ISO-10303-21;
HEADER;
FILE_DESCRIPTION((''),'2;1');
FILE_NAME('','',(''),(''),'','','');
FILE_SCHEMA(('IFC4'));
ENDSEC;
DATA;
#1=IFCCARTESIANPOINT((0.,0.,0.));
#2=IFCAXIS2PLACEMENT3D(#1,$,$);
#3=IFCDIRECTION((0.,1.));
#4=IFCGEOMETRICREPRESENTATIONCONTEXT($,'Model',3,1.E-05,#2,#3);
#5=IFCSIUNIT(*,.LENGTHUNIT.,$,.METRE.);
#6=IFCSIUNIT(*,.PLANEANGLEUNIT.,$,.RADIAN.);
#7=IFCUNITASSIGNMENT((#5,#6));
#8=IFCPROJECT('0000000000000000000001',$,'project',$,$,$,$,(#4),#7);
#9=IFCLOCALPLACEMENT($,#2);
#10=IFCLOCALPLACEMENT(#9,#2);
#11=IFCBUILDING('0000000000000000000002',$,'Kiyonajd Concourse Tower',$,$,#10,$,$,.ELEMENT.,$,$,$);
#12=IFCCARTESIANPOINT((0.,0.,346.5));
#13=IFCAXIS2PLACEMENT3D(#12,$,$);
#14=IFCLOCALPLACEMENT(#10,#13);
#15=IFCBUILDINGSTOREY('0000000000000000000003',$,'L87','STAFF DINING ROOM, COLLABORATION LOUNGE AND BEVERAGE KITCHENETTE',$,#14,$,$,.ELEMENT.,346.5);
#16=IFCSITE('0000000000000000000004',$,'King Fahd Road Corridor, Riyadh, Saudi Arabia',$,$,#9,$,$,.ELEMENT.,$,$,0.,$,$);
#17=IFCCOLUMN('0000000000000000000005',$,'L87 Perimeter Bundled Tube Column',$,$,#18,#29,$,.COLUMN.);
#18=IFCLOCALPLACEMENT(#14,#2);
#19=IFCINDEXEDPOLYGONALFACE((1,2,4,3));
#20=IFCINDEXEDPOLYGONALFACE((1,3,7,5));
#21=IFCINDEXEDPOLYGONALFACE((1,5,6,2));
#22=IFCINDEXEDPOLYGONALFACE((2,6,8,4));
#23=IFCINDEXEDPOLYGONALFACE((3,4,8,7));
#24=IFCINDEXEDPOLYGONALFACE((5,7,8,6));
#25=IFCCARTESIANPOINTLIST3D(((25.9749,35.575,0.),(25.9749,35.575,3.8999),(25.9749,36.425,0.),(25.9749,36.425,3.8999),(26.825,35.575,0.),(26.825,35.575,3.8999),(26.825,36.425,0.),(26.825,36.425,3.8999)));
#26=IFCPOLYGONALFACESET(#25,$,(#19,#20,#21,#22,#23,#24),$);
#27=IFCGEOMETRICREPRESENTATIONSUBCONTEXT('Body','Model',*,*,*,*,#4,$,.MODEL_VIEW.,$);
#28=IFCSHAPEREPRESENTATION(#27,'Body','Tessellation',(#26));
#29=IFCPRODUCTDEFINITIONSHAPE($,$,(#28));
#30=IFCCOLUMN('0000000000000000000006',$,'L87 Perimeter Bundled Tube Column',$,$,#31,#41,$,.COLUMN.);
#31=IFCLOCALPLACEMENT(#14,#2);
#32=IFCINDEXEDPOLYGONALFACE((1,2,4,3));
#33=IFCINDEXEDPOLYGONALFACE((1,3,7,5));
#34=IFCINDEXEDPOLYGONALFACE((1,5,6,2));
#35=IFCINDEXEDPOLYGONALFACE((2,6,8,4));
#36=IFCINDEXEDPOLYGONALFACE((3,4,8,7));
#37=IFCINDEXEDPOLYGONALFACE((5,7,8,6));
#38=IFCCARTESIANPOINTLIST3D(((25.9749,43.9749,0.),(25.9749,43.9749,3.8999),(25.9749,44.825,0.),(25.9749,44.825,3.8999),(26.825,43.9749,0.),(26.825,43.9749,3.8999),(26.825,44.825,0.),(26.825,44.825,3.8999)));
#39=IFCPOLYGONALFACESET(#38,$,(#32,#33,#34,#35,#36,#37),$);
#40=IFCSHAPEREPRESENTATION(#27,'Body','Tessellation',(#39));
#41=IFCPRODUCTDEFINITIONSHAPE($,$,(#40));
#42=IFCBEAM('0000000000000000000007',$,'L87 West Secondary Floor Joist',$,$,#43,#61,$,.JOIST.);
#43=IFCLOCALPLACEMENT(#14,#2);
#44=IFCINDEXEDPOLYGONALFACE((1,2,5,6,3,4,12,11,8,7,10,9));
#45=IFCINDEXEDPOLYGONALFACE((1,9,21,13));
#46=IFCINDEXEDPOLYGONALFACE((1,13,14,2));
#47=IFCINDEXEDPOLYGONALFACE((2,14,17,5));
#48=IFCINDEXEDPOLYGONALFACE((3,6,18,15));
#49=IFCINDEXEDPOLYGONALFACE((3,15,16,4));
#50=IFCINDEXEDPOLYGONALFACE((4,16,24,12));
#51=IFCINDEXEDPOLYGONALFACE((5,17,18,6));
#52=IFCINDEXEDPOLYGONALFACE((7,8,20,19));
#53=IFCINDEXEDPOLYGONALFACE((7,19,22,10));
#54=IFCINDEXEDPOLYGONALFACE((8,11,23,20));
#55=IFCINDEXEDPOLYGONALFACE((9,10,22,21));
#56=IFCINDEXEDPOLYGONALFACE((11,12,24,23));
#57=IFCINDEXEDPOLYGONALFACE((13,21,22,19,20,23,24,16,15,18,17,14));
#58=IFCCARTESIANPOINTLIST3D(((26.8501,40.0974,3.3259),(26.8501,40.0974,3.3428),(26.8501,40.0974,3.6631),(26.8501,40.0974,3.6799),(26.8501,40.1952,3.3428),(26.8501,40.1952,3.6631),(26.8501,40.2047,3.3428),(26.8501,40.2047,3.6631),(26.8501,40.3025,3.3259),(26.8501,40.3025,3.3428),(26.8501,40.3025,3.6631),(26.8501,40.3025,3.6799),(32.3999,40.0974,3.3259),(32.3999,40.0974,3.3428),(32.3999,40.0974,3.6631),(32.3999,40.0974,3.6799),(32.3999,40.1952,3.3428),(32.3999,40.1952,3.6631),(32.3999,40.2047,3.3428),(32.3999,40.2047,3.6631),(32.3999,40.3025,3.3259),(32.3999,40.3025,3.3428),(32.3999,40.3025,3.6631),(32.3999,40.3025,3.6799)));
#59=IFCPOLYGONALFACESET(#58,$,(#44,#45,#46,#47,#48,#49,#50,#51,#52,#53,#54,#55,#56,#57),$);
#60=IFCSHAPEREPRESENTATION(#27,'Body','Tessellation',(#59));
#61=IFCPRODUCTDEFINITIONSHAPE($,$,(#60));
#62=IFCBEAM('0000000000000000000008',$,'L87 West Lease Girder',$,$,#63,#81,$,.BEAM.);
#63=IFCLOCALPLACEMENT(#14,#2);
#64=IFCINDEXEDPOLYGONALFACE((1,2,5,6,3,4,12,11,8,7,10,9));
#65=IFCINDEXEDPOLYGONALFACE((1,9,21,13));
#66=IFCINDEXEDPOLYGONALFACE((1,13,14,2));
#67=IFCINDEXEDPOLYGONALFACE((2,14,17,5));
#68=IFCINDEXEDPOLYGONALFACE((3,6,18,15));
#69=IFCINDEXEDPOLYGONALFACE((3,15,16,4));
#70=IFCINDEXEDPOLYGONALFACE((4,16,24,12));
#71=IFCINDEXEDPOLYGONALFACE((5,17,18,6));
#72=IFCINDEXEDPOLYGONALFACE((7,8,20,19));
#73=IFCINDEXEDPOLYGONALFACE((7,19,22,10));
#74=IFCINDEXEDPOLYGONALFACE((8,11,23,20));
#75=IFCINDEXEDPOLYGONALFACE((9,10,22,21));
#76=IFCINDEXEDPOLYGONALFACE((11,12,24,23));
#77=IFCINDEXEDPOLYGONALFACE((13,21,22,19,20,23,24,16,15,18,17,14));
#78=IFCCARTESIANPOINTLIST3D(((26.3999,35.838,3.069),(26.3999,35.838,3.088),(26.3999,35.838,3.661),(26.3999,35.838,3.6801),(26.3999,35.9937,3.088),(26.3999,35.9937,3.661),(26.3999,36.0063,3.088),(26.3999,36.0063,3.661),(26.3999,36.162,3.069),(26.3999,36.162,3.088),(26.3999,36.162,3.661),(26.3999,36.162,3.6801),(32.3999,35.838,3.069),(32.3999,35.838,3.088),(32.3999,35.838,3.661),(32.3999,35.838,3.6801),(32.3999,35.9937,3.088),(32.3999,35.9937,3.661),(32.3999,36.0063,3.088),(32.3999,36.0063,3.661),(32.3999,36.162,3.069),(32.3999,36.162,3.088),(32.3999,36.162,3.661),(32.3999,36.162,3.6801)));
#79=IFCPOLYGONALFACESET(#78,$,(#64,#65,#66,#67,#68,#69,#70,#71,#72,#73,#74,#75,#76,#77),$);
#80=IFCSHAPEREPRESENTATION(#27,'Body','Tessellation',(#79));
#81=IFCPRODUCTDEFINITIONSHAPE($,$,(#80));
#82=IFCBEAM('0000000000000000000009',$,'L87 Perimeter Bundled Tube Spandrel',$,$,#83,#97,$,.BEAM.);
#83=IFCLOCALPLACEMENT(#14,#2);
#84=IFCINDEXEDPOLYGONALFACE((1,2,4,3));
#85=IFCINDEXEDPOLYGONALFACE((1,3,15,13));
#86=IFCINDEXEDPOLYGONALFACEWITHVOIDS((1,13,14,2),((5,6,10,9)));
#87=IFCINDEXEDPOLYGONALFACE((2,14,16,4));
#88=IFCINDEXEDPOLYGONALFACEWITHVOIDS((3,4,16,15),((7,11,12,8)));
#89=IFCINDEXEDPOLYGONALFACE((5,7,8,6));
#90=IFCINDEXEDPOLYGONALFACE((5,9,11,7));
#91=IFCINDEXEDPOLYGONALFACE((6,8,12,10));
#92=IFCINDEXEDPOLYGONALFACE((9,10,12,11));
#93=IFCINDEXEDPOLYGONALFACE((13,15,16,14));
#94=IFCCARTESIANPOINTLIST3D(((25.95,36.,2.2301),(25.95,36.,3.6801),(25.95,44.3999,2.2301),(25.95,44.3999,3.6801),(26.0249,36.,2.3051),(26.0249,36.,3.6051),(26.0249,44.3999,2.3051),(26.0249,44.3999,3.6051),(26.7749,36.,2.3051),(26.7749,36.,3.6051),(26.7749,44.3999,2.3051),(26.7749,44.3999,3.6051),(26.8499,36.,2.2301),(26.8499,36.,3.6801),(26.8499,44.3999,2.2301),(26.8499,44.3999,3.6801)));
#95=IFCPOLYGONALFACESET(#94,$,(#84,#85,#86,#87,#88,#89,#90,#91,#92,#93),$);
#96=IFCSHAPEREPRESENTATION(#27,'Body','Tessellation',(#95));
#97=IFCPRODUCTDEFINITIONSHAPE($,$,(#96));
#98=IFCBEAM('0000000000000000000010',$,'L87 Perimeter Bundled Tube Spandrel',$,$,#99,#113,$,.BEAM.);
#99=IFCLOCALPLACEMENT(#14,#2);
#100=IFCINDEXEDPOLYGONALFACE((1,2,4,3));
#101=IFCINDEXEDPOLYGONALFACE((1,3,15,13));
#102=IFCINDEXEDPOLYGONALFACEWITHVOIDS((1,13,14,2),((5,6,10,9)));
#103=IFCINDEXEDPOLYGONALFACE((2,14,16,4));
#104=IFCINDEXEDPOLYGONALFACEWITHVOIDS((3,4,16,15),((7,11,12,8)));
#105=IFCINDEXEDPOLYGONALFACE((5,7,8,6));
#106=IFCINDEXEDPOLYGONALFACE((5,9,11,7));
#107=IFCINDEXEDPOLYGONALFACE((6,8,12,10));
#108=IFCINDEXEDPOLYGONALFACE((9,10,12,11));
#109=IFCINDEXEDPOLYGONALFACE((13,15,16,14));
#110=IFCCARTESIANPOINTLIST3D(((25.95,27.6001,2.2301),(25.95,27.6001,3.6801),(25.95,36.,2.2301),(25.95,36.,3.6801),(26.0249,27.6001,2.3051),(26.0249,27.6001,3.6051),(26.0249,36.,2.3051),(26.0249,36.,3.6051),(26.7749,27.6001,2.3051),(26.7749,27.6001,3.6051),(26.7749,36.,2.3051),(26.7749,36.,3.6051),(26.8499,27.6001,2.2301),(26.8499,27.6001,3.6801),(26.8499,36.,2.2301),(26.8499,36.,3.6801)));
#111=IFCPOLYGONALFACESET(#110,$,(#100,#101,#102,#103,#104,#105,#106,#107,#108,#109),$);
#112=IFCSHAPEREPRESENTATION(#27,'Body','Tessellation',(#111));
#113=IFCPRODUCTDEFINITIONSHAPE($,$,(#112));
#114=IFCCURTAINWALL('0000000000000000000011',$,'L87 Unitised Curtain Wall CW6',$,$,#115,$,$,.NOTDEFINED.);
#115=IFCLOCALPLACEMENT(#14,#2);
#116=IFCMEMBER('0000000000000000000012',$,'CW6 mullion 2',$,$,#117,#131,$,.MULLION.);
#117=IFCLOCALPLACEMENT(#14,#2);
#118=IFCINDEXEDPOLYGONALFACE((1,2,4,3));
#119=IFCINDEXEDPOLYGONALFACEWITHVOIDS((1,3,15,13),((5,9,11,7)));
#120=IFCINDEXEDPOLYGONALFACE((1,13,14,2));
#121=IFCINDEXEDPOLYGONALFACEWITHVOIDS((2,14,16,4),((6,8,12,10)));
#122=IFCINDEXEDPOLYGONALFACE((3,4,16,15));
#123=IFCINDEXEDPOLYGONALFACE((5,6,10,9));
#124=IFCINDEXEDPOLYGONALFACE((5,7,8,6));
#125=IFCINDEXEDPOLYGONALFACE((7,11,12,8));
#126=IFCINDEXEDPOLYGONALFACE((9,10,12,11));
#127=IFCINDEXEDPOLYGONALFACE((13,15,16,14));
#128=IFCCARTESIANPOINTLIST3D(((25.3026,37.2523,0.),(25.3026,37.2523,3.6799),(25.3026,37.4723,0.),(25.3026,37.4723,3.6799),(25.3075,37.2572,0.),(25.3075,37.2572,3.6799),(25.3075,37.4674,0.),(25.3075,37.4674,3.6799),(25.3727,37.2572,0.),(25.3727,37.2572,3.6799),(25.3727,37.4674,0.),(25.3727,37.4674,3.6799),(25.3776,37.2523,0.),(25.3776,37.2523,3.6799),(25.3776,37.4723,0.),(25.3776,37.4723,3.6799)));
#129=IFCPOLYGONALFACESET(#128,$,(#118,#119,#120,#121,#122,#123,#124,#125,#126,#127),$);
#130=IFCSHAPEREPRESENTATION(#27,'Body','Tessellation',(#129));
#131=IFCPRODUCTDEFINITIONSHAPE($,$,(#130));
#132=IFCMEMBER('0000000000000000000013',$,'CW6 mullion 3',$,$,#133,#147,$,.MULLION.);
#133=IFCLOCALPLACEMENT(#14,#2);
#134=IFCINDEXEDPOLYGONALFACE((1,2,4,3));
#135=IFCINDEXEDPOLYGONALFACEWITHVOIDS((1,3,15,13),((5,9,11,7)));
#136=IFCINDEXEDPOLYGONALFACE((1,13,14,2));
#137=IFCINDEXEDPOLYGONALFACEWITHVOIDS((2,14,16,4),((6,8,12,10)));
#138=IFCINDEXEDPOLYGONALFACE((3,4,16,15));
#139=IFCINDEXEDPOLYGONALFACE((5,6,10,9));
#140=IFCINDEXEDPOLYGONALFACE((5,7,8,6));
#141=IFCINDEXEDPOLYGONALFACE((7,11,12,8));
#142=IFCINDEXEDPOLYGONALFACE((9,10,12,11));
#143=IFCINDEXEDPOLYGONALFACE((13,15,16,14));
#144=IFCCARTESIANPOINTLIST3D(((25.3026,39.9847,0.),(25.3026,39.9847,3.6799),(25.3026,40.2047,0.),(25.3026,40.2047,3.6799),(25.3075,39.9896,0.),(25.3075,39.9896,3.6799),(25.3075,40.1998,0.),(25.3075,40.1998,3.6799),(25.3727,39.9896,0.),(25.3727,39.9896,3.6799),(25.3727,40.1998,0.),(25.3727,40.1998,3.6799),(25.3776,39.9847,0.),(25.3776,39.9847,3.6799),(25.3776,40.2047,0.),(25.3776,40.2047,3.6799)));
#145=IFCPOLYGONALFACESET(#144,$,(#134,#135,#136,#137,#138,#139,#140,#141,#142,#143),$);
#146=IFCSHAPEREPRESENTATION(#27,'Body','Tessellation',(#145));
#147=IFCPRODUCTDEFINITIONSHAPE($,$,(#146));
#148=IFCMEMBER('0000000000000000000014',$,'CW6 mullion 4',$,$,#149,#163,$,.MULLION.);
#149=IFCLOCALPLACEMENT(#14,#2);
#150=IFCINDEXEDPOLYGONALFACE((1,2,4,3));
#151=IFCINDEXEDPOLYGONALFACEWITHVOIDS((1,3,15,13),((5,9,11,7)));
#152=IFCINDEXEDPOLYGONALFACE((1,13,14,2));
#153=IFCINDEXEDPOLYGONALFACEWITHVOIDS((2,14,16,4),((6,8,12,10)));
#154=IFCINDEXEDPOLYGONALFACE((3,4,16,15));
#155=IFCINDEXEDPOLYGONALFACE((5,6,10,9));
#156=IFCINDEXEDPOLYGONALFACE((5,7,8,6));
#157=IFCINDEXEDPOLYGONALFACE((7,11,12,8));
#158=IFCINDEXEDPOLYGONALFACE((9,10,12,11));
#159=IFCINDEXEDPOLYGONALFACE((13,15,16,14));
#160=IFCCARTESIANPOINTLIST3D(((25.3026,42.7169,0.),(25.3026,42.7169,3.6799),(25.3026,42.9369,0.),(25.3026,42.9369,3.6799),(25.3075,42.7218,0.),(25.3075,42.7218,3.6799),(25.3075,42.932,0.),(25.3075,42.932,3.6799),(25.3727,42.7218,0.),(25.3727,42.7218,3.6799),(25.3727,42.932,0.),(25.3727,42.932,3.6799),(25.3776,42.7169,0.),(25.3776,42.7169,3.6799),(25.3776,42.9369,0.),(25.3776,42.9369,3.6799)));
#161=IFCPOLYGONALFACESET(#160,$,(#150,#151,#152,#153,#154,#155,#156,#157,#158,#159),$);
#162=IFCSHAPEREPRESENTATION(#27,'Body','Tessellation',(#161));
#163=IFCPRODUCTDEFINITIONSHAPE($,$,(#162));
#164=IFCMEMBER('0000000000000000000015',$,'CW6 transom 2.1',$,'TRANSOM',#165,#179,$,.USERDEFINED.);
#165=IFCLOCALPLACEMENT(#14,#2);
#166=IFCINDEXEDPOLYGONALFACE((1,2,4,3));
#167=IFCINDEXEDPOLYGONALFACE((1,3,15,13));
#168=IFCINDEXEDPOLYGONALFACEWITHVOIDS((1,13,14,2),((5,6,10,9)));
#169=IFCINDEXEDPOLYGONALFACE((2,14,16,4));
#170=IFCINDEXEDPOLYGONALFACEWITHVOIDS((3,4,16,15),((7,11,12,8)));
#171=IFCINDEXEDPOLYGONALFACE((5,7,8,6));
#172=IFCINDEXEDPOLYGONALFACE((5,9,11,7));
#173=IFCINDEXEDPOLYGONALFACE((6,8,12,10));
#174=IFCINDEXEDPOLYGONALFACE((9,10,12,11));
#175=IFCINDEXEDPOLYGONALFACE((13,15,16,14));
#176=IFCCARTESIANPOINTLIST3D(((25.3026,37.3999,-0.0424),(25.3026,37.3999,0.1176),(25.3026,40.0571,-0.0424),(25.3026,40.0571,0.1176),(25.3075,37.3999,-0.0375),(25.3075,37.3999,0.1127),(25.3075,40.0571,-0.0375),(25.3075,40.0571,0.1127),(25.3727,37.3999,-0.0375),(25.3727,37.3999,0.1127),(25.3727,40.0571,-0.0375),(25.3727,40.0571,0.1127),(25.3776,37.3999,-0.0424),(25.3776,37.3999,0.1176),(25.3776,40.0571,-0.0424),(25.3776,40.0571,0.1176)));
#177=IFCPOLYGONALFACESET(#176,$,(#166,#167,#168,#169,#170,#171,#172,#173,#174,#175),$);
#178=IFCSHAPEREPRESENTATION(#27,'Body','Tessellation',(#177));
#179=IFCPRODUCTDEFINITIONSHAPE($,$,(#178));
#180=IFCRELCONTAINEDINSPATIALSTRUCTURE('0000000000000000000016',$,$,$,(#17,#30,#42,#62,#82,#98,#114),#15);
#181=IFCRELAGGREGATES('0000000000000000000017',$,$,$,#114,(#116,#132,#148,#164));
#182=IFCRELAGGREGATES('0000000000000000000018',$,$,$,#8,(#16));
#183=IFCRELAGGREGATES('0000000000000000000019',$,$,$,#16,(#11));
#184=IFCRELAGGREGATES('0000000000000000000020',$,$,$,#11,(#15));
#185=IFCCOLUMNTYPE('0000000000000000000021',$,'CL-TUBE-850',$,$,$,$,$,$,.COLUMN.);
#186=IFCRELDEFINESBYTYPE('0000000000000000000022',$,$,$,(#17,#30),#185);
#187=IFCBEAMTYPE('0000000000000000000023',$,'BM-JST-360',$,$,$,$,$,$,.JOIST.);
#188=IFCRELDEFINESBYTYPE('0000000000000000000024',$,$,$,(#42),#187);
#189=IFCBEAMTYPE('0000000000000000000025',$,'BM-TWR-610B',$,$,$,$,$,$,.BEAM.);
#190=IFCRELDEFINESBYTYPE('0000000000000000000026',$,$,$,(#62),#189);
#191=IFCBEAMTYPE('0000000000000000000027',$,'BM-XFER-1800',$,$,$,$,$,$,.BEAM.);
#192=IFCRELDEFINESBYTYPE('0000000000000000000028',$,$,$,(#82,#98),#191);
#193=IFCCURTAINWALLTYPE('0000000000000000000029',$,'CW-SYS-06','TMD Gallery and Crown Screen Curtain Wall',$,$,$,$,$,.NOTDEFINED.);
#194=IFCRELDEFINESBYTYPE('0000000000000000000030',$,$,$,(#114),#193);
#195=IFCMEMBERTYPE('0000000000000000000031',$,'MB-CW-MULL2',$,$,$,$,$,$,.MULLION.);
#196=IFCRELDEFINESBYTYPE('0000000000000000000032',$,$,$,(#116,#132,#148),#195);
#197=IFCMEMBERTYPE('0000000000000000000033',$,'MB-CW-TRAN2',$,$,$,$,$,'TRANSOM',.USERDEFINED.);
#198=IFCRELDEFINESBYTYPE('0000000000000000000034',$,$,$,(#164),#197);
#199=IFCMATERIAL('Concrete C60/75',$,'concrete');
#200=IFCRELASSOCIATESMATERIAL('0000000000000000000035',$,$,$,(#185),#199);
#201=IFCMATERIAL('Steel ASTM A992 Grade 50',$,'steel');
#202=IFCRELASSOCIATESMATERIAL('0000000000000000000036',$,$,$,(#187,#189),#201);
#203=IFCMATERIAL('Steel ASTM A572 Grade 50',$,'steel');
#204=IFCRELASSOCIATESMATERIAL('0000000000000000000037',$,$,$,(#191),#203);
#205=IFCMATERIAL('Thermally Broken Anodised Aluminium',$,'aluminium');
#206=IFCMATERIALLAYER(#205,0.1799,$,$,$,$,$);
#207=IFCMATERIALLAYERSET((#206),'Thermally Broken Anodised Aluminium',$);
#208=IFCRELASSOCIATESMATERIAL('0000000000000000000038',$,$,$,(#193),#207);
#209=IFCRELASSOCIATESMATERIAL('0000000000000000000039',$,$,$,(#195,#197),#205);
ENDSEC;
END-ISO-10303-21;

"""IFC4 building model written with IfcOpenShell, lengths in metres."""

from ifc_helpers import new_model, si_unit, direction, frame, origin, origin_2d, place, context, subcontext, project, spatial, rectangle, hollow_rectangle, i_section, extrude, material, layer, layer_set, material_profile, profile_set, type_object, element, aggregate, save


model = new_model("IFC4")

# Units and contexts
model_context = context("Model", 3, precision=1e-05, world=origin(), true_north=direction((0.0, 1.0)))
body_context = subcontext(model_context, "Body", "Model", "MODEL_VIEW")
ifc_project = project(units=[si_unit("LENGTHUNIT", "METRE"), si_unit("PLANEANGLEUNIT", "RADIAN")], contexts=[model_context])

# Site, building, storey
site_placement = place(None, origin())
site = spatial("IfcSite", under=ifc_project, at=site_placement, Name="King Fahd Road Corridor, Riyadh, Saudi Arabia", CompositionType="ELEMENT", RefElevation=0.0)
building_placement = place(site_placement, origin())
building = spatial("IfcBuilding", under=site, at=building_placement, Name="Kiyonajd Concourse Tower", CompositionType="ELEMENT")
storey_placement = place(building_placement, frame((0.0, 0.0, 346.5)))
storey = spatial("IfcBuildingStorey", under=building, at=storey_placement, Name="L87", Description="STAFF DINING ROOM, COLLABORATION LOUNGE AND BEVERAGE KITCHENETTE", CompositionType="ELEMENT", Elevation=346.5)

# Columns
ifc_material_1 = material(Name="Concrete C60/75", Category="concrete")
ifc_material_profile_1 = material_profile(ifc_material_1, rectangle(XDim=0.8501, YDim=0.8501, at=origin_2d()), Name="RC-850x850")
ifc_profile_set_1 = profile_set([ifc_material_profile_1], Name="Concrete C60/75")
column_type = type_object("IfcColumnType", Name="CL-TUBE-850", PredefinedType="COLUMN", material=ifc_profile_set_1)
for number, where, z_axis, x_axis, name in (
    (1, (26.3999, 36.0, 0.0), (0.0, 0.0, 1.0), (1.0, 0.0, 0.0), "L87 Perimeter Bundled Tube Column"),
    (2, (26.3999, 44.3999, 0.0), (0.0, 0.0, 1.0), (1.0, 0.0, 0.0), "L87 Perimeter Bundled Tube Column"),
):
    element("IfcColumn", number, at=place(storey_placement, frame(where, z_axis=z_axis, x_axis=x_axis)), inside=storey, type_object=column_type, Name=name, PredefinedType="COLUMN", context=body_context, shape_type="SweptSolid", body=[
        extrude(rectangle(XDim=0.8501, YDim=0.8501, at=origin_2d()), origin(), (0.0, 0.0, 1.0), 3.8999),
    ])

# Beams
ifc_material_2 = material(Name="Steel ASTM A992 Grade 50", Category="steel")
ifc_material_profile_2 = material_profile(ifc_material_2, i_section(OverallWidth=0.2051, OverallDepth=0.354, WebThickness=0.0095, FlangeThickness=0.0168, at=origin_2d()), Name="W360X79")
ifc_profile_set_2 = profile_set([ifc_material_profile_2], Name="Steel ASTM A992 Grade 50")
beam_type_1 = type_object("IfcBeamType", Name="BM-JST-360", PredefinedType="JOIST", material=ifc_profile_set_2)
beam_1_placement = place(storey_placement, frame((26.8501, 40.2, 3.5029), z_axis=(1.0, 0.0, 0.0), x_axis=(0.0, 1.0, 0.0)))
element("IfcBeam", 3, at=beam_1_placement, inside=storey, type_object=beam_type_1, Name="L87 West Secondary Floor Joist", PredefinedType="JOIST", context=body_context, shape_type="SweptSolid", body=[
    extrude(i_section(OverallWidth=0.2051, OverallDepth=0.354, WebThickness=0.0095, FlangeThickness=0.0168, at=origin_2d()), origin(), (0.0, 0.0, 1.0), 5.5498),
])
ifc_material_profile_3 = material_profile(ifc_material_2, i_section(OverallWidth=0.324, OverallDepth=0.6111, WebThickness=0.0127, FlangeThickness=0.019, at=origin_2d()), Name="W610X155")
ifc_profile_set_3 = profile_set([ifc_material_profile_3], Name="Steel ASTM A992 Grade 50")
beam_type_2 = type_object("IfcBeamType", Name="BM-TWR-610B", PredefinedType="BEAM", material=ifc_profile_set_3)
beam_2_placement = place(storey_placement, frame((26.3999, 36.0, 3.3745), z_axis=(1.0, 0.0, 0.0), x_axis=(0.0, 1.0, 0.0)))
element("IfcBeam", 4, at=beam_2_placement, inside=storey, type_object=beam_type_2, Name="L87 West Lease Girder", PredefinedType="BEAM", context=body_context, shape_type="SweptSolid", body=[
    extrude(i_section(OverallWidth=0.324, OverallDepth=0.6111, WebThickness=0.0127, FlangeThickness=0.019, at=origin_2d()), origin(), (0.0, 0.0, 1.0), 6.0),
])
ifc_material_3 = material(Name="Steel ASTM A572 Grade 50", Category="steel")
ifc_material_profile_4 = material_profile(ifc_material_3, hollow_rectangle(XDim=0.8999, YDim=1.45, WallThickness=0.075, at=origin_2d()), Name="BOX-1450x900x75")
ifc_profile_set_4 = profile_set([ifc_material_profile_4], Name="Steel ASTM A572 Grade 50")
beam_type_3 = type_object("IfcBeamType", Name="BM-XFER-1800", PredefinedType="BEAM", material=ifc_profile_set_4)
for number, where, z_axis, x_axis, name in (
    (5, (26.3999, 44.3999, 2.9551), (0.0, -1.0, 0.0), (1.0, 0.0, 0.0), "L87 Perimeter Bundled Tube Spandrel"),
    (6, (26.3999, 36.0, 2.9551), (0.0, -1.0, 0.0), (1.0, 0.0, 0.0), "L87 Perimeter Bundled Tube Spandrel"),
):
    element("IfcBeam", number, at=place(storey_placement, frame(where, z_axis=z_axis, x_axis=x_axis)), inside=storey, type_object=beam_type_3, Name=name, PredefinedType="BEAM", context=body_context, shape_type="SweptSolid", body=[
        extrude(hollow_rectangle(XDim=0.8999, YDim=1.45, WallThickness=0.075, at=origin_2d()), origin(), (0.0, 0.0, 1.0), 8.3999),
    ])

# Curtain wall, members
ifc_material_4 = material(Name="Thermally Broken Anodised Aluminium", Category="aluminium")
ifc_layer_1 = layer(ifc_material_4, 0.1799)
ifc_layer_set_1 = layer_set([ifc_layer_1], Name="Thermally Broken Anodised Aluminium")
curtain_wall_type = type_object("IfcCurtainWallType", Name="CW-SYS-06", Description="TMD Gallery and Crown Screen Curtain Wall", PredefinedType="NOTDEFINED", material=ifc_layer_set_1)
curtain_wall_placement = place(storey_placement, origin())
curtain_wall = element("IfcCurtainWall", 7, at=curtain_wall_placement, inside=storey, type_object=curtain_wall_type, Name="L87 Unitised Curtain Wall CW6", PredefinedType="NOTDEFINED")
ifc_material_profile_5 = material_profile(ifc_material_4, hollow_rectangle(XDim=0.075, YDim=0.22, WallThickness=0.0049, at=origin_2d()), Name="MULL-75x220")
ifc_profile_set_5 = profile_set([ifc_material_profile_5], Name="Thermally Broken Anodised Aluminium")
member_type_1 = type_object("IfcMemberType", Name="MB-CW-MULL2", PredefinedType="MULLION", material=ifc_profile_set_5)
member_1_placement = place(storey_placement, frame((25.3401, 37.3623, 0.0), z_axis=(0.0, 0.0, 1.0), x_axis=(-1.0, 0.0, 0.0)))
member_1 = element("IfcMember", 8, at=member_1_placement, type_object=member_type_1, Name="CW6 mullion 2", PredefinedType="MULLION", context=body_context, shape_type="SweptSolid", body=[
    extrude(hollow_rectangle(XDim=0.075, YDim=0.22, WallThickness=0.0049, at=origin_2d()), origin(), (0.0, 0.0, 1.0), 3.6799),
])
member_2_placement = place(storey_placement, frame((25.3401, 40.0947, 0.0), z_axis=(0.0, 0.0, 1.0), x_axis=(-1.0, 0.0, 0.0)))
member_2 = element("IfcMember", 9, at=member_2_placement, type_object=member_type_1, Name="CW6 mullion 3", PredefinedType="MULLION", context=body_context, shape_type="SweptSolid", body=[
    extrude(hollow_rectangle(XDim=0.075, YDim=0.22, WallThickness=0.0049, at=origin_2d()), origin(), (0.0, 0.0, 1.0), 3.6799),
])
member_3_placement = place(storey_placement, frame((25.3401, 42.8269, 0.0), z_axis=(0.0, 0.0, 1.0), x_axis=(-1.0, 0.0, 0.0)))
member_3 = element("IfcMember", 10, at=member_3_placement, type_object=member_type_1, Name="CW6 mullion 4", PredefinedType="MULLION", context=body_context, shape_type="SweptSolid", body=[
    extrude(hollow_rectangle(XDim=0.075, YDim=0.22, WallThickness=0.0049, at=origin_2d()), origin(), (0.0, 0.0, 1.0), 3.6799),
])
ifc_material_profile_6 = material_profile(ifc_material_4, hollow_rectangle(XDim=0.075, YDim=0.1599, WallThickness=0.0049, at=origin_2d()), Name="TRAN-75x160")
ifc_profile_set_6 = profile_set([ifc_material_profile_6], Name="Thermally Broken Anodised Aluminium")
member_type_2 = type_object("IfcMemberType", Name="MB-CW-TRAN2", ElementType="TRANSOM", PredefinedType="USERDEFINED", material=ifc_profile_set_6)
member_4_placement = place(storey_placement, frame((25.3401, 37.3999, 0.0376), z_axis=(0.0, 1.0, 0.0), x_axis=(-1.0, 0.0, 0.0)))
member_4 = element("IfcMember", 11, at=member_4_placement, type_object=member_type_2, Name="CW6 transom 2.1", ObjectType="TRANSOM", PredefinedType="USERDEFINED", context=body_context, shape_type="SweptSolid", body=[
    extrude(hollow_rectangle(XDim=0.075, YDim=0.1599, WallThickness=0.0049, at=origin_2d()), origin(), (0.0, 0.0, 1.0), 2.6572),
])

aggregate(curtain_wall, [member_1, member_2, member_3, member_4])

save(model, "model.ifc")
